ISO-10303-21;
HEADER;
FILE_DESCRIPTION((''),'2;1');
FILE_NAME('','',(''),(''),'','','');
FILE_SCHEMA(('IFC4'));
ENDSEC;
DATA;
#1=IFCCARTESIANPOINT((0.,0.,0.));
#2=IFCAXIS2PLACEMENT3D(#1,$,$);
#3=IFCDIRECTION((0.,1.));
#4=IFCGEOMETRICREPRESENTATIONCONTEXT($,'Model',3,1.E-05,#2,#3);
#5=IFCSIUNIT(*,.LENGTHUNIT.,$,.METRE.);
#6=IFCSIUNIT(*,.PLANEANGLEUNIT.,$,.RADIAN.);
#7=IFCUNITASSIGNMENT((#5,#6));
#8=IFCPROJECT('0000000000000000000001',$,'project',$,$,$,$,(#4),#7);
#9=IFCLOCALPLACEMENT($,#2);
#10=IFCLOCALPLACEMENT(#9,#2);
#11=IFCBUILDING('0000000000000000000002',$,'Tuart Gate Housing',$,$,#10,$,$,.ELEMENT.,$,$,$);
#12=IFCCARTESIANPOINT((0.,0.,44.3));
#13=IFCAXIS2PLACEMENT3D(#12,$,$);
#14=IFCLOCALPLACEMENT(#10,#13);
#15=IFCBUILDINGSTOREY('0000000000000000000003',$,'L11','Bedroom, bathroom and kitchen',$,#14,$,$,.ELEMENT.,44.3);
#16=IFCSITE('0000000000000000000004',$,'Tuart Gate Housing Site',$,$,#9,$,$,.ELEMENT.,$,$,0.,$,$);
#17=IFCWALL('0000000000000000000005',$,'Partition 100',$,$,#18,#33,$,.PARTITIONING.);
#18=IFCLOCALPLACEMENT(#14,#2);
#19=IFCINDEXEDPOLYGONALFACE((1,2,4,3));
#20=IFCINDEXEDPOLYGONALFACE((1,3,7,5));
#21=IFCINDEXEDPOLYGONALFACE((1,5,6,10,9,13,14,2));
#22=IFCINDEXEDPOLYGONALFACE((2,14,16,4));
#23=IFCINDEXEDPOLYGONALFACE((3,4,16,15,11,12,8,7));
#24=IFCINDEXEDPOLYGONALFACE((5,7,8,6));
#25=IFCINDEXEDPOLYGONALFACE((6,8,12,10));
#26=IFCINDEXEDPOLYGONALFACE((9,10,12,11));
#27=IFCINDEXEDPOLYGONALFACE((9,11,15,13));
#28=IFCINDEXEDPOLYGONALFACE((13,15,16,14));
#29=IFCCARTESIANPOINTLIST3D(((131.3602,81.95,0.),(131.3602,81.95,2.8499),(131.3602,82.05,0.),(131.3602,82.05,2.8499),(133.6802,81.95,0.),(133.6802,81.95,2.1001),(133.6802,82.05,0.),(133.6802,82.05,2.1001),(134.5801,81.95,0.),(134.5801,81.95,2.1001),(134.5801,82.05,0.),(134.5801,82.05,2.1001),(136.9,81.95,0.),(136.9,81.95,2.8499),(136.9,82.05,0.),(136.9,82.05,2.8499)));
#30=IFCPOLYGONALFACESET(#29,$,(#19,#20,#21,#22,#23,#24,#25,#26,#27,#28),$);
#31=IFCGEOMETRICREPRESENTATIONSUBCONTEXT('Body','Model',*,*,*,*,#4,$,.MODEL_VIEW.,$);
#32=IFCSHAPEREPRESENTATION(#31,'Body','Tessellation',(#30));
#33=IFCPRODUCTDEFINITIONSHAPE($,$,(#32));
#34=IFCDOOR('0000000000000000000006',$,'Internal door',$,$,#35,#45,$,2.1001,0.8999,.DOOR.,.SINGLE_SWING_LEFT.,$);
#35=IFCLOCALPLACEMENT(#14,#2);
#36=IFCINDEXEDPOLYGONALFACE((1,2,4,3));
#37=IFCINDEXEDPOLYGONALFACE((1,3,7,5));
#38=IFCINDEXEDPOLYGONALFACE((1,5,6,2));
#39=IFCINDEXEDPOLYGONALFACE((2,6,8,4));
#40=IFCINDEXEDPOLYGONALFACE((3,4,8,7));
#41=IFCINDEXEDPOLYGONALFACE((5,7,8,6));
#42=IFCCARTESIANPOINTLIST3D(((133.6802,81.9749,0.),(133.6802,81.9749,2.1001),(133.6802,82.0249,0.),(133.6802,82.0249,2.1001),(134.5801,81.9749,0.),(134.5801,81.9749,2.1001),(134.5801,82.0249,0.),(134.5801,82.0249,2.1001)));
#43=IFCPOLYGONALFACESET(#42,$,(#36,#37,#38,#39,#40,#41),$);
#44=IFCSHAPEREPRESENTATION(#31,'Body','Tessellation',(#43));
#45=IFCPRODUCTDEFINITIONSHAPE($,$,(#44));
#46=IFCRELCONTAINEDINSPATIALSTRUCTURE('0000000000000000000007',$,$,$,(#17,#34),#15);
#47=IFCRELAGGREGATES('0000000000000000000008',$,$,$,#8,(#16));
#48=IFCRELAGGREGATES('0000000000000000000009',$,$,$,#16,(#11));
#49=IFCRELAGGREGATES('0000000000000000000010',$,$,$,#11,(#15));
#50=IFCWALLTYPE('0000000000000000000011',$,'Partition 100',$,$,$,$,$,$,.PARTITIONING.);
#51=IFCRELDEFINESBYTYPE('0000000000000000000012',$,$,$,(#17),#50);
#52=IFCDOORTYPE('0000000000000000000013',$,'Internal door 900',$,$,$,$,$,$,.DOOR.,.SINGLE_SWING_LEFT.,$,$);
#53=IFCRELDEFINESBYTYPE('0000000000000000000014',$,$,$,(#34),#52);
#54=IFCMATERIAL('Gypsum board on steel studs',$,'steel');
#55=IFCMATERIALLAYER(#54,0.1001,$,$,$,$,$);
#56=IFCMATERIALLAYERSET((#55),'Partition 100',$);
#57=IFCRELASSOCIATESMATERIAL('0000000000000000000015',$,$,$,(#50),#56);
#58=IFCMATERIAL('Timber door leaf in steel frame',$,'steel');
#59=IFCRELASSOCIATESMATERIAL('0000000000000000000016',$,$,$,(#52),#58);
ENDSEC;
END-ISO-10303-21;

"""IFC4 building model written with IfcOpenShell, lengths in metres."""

from ifc_helpers import new_model, si_unit, direction, frame, frame_2d, origin, place, context, subcontext, project, spatial, rectangle, extrude, material, layer, layer_set, type_object, element, fill, save


model = new_model("IFC4")

# Units and contexts
model_context = context("Model", 3, precision=1e-05, world=origin(), true_north=direction((0.0, 1.0)))
body_context = subcontext(model_context, "Body", "Model", "MODEL_VIEW")
ifc_project = project(units=[si_unit("LENGTHUNIT", "METRE"), si_unit("PLANEANGLEUNIT", "RADIAN")], contexts=[model_context])

# Site, building, storey
site_placement = place(None, origin())
site = spatial("IfcSite", under=ifc_project, at=site_placement, Name="Tuart Gate Housing Site", CompositionType="ELEMENT", RefElevation=0.0)
building_placement = place(site_placement, origin())
building = spatial("IfcBuilding", under=site, at=building_placement, Name="Tuart Gate Housing", CompositionType="ELEMENT")
storey_placement = place(building_placement, frame((0.0, 0.0, 44.3)))
storey = spatial("IfcBuildingStorey", under=building, at=storey_placement, Name="L11", Description="Bedroom, bathroom and kitchen", CompositionType="ELEMENT", Elevation=44.3)

# Wall, opening, door
ifc_material_1 = material(Name="Gypsum board on steel studs", Category="steel")
ifc_layer_1 = layer(ifc_material_1, 0.1001)
ifc_layer_set_1 = layer_set([ifc_layer_1], Name="Partition 100")
wall_type_1 = type_object("IfcWallType", Name="Partition 100", PredefinedType="PARTITIONING", material=ifc_layer_set_1)
wall_1_placement = place(storey_placement, frame((131.3601, 82.0, 0.0), z_axis=(0.0, 0.0, 1.0), x_axis=(1.0, 0.0, 0.0)))
wall_1 = element("IfcWall", 1, at=wall_1_placement, inside=storey, type_object=wall_type_1, Name="Partition 100", PredefinedType="PARTITIONING", context=body_context, shape_type="SweptSolid", body=[
    extrude(rectangle(XDim=5.5398, YDim=0.1001, at=frame_2d((2.77, 0.0))), origin(), (0.0, 0.0, 1.0), 2.8499),
])
opening_1_placement = place(wall_1_placement, frame((2.3201, 0.0, 0.0)))
opening_1 = element("IfcOpeningElement", 2, at=opening_1_placement, cuts=wall_1, PredefinedType="OPENING", context=body_context, shape_type="SweptSolid", body=[
    extrude(rectangle(XDim=0.8999, YDim=2.1001, at=frame_2d((0.45, 1.05))), frame((0.0, 0.0601, 0.0), z_axis=(0.0, -1.0, 0.0), x_axis=(1.0, 0.0, 0.0)), (0.0, 0.0, 1.0), 0.1201),
])
ifc_material_2 = material(Name="Timber door leaf in steel frame", Category="steel")
door_type_1 = type_object("IfcDoorType", Name="Internal door 900", OperationType="SINGLE_SWING_LEFT", PredefinedType="DOOR", material=ifc_material_2)
door_1_placement = place(opening_1_placement, origin())
door_1 = element("IfcDoor", 3, at=door_1_placement, inside=storey, type_object=door_type_1, Name="Internal door", OperationType="SINGLE_SWING_LEFT", OverallHeight=2.1001, OverallWidth=0.8999, PredefinedType="DOOR", context=body_context, shape_type="SweptSolid", body=[
    extrude(rectangle(XDim=0.8999, YDim=2.1001, at=frame_2d((0.45, 1.05))), frame((0.0, 0.0249, 0.0), z_axis=(0.0, -1.0, 0.0), x_axis=(1.0, 0.0, 0.0)), (0.0, 0.0, 1.0), 0.05),
])
fill(opening_1, door_1)

save(model, "model.ifc")
